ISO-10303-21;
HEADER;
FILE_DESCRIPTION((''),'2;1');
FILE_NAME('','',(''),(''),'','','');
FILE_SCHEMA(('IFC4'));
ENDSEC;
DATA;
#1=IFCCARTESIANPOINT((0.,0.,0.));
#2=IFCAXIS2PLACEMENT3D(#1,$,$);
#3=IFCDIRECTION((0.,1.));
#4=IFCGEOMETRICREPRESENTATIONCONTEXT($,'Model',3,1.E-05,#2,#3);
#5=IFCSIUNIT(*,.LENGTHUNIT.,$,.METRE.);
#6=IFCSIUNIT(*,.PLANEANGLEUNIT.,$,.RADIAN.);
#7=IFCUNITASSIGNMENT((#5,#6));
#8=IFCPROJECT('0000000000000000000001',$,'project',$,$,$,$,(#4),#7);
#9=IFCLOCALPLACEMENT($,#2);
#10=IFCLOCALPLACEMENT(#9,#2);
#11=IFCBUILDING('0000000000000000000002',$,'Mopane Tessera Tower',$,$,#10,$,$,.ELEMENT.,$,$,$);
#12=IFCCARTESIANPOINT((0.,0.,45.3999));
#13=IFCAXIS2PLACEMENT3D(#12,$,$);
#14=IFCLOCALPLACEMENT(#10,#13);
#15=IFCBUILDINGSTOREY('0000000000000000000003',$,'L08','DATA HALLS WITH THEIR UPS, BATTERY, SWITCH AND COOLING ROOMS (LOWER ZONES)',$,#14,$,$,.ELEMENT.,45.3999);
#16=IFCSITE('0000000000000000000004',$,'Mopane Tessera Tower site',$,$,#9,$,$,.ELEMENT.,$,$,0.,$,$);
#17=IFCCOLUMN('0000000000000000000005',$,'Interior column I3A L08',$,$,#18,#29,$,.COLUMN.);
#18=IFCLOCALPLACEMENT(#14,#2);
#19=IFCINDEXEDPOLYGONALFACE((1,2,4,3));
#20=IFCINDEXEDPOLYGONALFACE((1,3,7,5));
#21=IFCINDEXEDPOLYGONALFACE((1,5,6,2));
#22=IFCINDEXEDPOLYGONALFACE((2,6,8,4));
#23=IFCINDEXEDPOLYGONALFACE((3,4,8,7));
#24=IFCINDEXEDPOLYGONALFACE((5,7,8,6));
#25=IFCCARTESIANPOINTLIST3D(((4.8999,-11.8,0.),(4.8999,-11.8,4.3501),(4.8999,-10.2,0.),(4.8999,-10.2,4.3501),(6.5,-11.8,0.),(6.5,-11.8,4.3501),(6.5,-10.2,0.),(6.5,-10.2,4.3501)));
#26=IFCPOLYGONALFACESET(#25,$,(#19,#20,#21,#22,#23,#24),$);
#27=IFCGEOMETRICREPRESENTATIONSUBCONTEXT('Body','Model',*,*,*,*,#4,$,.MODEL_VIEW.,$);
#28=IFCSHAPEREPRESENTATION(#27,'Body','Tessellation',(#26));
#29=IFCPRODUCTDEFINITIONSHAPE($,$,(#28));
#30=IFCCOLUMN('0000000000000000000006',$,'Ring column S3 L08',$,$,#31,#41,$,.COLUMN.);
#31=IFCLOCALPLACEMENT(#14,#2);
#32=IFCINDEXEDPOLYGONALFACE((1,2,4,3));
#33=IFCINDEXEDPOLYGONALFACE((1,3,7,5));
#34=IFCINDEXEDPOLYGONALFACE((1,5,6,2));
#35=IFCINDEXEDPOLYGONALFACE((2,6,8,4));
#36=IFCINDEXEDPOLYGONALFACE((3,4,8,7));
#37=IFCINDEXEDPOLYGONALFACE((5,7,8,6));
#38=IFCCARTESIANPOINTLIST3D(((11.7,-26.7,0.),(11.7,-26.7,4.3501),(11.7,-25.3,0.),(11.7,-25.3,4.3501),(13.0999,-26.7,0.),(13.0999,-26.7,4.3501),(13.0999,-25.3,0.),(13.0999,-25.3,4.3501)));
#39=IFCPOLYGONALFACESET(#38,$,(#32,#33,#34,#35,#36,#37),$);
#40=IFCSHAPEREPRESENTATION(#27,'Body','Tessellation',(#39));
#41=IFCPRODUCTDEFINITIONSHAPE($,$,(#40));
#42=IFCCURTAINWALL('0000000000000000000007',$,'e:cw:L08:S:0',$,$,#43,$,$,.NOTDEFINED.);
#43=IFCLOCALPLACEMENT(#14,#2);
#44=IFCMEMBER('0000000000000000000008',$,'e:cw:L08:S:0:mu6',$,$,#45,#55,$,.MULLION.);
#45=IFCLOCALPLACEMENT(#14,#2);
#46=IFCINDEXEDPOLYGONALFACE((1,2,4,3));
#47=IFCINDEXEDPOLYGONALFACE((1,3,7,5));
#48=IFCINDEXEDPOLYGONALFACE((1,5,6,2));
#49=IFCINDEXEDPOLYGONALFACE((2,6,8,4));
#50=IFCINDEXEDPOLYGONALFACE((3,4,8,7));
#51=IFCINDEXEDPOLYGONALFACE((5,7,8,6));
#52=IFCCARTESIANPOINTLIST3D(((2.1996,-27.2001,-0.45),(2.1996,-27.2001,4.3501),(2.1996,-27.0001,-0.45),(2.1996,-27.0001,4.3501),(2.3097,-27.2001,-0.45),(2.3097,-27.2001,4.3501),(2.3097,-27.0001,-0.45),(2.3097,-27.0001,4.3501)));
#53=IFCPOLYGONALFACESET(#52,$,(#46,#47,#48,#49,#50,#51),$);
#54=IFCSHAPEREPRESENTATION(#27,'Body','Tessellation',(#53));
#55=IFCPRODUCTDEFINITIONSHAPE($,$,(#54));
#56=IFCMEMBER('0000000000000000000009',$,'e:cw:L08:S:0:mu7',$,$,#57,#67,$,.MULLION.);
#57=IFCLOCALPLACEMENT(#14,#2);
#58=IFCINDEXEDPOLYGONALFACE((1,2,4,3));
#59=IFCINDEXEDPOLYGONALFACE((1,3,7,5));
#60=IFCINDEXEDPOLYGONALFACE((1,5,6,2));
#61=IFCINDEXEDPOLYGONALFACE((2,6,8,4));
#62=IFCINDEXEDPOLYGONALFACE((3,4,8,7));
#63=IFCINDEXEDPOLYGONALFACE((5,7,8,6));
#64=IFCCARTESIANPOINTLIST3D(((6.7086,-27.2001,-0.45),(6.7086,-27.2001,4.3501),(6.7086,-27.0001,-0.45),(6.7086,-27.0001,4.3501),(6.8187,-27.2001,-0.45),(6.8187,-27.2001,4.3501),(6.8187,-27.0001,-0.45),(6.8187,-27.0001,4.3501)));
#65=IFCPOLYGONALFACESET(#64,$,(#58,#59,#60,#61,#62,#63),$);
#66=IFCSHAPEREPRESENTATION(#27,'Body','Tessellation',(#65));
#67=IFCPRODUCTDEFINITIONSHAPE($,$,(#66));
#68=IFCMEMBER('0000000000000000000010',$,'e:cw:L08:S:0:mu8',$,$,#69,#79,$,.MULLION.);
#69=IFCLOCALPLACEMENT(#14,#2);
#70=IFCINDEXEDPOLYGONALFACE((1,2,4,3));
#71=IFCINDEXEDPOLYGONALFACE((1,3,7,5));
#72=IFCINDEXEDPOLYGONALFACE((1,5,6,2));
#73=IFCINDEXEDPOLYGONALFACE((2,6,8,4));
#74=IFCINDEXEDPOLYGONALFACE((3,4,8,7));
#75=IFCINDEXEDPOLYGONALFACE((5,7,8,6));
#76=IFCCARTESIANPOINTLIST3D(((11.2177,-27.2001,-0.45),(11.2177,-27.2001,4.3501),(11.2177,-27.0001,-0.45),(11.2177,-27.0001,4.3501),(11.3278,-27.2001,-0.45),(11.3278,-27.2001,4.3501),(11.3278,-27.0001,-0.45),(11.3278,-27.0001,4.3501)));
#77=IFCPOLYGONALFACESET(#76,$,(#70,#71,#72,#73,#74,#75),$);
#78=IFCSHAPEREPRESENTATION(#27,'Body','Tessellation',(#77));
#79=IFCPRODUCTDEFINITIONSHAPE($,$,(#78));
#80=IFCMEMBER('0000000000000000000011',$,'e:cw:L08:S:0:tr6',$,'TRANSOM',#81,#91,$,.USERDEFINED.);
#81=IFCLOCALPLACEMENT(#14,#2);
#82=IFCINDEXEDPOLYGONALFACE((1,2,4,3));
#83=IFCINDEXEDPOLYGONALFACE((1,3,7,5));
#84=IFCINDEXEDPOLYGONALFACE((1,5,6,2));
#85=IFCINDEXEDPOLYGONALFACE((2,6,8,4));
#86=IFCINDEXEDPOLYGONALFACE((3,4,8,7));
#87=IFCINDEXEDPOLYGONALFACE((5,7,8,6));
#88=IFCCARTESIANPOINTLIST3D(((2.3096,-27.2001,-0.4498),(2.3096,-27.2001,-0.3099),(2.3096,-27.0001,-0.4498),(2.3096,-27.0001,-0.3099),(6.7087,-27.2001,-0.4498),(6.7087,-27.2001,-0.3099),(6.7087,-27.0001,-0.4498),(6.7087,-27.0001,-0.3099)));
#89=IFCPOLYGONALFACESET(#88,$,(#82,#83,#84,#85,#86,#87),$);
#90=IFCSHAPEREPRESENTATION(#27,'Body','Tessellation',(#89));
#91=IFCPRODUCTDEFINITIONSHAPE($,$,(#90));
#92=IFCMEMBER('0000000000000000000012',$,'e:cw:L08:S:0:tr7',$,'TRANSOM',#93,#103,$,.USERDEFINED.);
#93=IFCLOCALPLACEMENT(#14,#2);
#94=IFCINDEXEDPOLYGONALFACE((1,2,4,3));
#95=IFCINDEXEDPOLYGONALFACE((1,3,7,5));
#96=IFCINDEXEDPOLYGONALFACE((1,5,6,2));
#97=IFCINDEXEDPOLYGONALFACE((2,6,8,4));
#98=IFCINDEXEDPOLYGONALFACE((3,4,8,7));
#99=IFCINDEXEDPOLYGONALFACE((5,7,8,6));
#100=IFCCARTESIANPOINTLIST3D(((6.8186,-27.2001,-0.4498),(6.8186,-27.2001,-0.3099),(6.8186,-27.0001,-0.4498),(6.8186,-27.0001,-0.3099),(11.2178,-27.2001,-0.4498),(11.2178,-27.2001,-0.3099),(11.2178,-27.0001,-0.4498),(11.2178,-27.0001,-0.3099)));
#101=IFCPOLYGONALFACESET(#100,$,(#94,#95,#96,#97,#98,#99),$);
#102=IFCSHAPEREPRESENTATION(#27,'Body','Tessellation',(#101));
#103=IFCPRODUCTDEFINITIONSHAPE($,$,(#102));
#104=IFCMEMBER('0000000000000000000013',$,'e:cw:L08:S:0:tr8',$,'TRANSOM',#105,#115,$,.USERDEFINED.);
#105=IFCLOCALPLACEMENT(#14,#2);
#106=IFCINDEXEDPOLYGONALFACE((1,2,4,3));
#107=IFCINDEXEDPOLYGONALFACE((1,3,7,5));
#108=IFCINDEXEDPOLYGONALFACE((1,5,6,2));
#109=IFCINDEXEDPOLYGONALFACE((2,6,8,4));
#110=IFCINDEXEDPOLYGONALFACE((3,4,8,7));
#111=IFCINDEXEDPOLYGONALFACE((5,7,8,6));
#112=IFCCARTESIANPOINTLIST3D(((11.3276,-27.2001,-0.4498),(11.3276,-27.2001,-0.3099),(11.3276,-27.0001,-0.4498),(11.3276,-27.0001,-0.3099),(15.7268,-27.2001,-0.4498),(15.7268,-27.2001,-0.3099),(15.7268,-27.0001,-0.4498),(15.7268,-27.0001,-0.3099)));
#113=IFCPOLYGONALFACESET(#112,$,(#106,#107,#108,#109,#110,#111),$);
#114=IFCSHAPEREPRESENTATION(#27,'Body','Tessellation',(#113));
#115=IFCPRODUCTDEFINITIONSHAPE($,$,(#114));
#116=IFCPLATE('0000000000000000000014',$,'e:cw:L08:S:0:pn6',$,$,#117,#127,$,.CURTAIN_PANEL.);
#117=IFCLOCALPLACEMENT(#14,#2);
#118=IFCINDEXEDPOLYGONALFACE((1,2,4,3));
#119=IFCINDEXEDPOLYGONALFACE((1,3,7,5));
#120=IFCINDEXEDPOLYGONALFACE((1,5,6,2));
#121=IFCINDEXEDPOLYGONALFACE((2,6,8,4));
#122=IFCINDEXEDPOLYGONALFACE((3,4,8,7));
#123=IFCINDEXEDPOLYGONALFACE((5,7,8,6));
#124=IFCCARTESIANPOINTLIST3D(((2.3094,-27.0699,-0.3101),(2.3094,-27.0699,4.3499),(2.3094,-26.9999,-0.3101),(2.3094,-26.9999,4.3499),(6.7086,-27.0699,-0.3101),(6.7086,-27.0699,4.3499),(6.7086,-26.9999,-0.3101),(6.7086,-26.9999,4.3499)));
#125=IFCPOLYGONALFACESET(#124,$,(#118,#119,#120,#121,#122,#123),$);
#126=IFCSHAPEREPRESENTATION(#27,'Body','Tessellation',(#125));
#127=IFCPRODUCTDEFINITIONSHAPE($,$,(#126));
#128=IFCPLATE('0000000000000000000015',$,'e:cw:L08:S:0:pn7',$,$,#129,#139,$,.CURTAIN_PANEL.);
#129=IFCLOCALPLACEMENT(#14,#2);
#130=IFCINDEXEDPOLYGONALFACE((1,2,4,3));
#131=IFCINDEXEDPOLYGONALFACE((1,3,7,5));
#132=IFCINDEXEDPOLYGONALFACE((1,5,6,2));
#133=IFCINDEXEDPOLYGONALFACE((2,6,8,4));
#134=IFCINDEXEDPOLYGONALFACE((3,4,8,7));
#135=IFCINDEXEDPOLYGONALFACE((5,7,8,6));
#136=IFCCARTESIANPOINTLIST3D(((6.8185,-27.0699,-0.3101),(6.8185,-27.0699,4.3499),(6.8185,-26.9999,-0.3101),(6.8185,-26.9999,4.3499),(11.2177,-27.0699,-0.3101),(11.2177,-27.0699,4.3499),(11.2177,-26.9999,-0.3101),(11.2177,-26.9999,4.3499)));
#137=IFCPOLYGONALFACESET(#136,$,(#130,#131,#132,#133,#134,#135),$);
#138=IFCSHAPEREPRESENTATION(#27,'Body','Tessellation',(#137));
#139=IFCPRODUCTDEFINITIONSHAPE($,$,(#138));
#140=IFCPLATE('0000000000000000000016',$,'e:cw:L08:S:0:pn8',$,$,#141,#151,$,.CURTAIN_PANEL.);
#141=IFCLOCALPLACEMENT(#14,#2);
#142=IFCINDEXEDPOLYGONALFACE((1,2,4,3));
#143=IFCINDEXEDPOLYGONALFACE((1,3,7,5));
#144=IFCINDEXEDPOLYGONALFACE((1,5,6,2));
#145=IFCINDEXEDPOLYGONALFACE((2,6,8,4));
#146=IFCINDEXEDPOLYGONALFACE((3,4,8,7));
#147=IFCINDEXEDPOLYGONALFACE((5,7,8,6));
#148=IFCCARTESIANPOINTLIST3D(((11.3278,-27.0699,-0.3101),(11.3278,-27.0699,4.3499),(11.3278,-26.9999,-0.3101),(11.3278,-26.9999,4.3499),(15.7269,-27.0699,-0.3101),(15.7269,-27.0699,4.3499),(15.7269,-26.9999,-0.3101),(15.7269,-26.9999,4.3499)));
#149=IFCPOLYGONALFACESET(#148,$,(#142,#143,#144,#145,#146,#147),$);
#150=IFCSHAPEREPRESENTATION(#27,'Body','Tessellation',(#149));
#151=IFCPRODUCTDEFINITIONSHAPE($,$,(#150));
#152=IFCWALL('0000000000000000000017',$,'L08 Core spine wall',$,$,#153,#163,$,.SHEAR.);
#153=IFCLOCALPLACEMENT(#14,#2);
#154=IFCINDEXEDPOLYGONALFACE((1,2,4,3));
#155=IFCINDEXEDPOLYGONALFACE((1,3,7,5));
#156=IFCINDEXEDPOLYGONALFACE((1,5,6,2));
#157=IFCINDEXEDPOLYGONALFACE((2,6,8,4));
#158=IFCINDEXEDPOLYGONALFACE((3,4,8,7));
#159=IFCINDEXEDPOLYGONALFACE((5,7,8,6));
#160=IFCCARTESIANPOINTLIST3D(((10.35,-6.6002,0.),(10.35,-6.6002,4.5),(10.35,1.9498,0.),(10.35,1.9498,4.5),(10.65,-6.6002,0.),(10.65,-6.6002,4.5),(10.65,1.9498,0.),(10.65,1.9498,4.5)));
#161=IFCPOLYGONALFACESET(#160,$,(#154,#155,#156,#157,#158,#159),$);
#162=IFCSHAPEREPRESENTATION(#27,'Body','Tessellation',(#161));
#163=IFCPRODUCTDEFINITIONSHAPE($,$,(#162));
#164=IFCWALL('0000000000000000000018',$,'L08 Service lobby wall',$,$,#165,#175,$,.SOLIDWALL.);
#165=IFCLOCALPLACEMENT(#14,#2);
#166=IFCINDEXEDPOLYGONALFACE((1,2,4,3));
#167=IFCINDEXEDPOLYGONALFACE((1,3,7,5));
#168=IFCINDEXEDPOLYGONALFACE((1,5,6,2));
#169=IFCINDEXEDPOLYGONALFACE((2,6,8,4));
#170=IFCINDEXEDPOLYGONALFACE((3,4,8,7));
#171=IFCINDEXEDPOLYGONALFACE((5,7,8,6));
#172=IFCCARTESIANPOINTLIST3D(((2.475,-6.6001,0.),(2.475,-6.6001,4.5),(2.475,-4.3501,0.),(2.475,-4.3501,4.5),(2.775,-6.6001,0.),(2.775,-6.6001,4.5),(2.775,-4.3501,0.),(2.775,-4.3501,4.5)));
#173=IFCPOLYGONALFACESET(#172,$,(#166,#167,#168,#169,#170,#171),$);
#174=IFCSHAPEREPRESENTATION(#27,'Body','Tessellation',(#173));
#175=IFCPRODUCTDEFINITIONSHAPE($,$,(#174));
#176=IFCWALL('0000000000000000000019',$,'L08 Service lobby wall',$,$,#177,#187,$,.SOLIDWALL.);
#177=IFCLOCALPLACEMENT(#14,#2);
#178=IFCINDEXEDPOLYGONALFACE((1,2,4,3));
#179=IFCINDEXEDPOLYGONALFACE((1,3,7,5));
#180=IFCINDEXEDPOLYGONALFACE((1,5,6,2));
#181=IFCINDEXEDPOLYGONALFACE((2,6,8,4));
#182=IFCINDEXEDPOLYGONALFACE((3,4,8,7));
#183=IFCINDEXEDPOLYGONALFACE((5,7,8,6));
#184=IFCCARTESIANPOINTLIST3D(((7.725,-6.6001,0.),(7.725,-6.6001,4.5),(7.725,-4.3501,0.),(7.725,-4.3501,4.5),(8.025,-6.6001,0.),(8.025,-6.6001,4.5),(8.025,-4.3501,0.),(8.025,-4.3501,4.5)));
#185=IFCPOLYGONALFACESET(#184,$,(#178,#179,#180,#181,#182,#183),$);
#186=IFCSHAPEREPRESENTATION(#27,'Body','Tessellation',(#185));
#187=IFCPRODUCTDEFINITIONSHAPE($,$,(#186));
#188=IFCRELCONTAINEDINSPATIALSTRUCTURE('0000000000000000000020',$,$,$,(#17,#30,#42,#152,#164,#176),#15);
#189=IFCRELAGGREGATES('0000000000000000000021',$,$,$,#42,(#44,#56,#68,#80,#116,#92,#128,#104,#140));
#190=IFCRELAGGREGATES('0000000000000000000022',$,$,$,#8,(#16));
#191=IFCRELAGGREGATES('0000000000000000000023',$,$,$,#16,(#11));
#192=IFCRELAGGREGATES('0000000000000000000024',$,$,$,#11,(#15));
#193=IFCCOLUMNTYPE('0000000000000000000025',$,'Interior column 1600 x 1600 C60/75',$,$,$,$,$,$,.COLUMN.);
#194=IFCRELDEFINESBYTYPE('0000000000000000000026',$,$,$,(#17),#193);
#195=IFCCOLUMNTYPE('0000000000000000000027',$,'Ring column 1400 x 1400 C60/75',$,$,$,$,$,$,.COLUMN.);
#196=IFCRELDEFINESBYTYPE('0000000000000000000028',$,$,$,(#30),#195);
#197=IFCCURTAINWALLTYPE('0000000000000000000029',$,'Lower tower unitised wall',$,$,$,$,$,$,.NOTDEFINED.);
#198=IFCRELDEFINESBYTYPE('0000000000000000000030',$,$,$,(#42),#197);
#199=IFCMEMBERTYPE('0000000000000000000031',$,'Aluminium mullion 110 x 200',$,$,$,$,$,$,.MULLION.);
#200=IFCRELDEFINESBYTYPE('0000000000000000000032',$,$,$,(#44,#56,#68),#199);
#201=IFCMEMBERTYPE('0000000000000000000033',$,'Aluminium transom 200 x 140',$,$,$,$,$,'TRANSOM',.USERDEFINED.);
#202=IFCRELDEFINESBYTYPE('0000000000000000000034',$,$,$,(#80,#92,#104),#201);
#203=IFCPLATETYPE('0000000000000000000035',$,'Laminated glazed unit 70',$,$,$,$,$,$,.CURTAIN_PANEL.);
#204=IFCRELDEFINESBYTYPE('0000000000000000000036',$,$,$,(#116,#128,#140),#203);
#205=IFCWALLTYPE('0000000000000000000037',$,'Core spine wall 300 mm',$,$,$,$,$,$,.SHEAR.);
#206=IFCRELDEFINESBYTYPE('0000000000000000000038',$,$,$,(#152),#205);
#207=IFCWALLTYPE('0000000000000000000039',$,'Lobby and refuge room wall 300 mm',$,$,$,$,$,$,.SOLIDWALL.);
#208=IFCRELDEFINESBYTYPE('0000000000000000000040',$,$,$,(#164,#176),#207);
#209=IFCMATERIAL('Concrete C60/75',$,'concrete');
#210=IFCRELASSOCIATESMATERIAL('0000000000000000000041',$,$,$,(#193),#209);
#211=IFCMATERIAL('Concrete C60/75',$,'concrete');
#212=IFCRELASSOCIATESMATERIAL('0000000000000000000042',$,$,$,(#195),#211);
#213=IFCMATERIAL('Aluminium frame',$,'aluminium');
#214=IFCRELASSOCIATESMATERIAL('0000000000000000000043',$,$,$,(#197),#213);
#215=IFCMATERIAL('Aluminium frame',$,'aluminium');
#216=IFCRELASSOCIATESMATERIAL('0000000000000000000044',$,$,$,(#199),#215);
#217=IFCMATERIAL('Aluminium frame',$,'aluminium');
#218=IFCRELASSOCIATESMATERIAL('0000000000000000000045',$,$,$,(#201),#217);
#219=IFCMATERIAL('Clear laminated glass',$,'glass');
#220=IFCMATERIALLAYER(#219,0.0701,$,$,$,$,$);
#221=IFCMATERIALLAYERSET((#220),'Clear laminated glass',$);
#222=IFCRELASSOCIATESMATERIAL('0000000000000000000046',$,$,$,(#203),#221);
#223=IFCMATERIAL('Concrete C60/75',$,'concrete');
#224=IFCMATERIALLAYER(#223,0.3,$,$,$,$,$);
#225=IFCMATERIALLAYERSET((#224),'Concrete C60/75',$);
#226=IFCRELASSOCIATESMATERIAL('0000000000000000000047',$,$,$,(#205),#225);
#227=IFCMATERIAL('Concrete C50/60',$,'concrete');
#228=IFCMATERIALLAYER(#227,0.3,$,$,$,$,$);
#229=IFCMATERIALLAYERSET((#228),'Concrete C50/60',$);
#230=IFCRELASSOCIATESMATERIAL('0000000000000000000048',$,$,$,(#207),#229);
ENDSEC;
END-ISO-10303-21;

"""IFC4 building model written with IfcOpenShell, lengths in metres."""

from ifc_helpers import new_model, si_unit, direction, frame, frame_2d, origin, origin_2d, place, context, subcontext, project, spatial, rectangle, extrude, material, layer, layer_set, material_profile, profile_set, type_object, element, aggregate, save


model = new_model("IFC4")

# Units and contexts
model_context = context("Model", 3, precision=1e-05, world=origin(), true_north=direction((0.0, 1.0)))
body_context = subcontext(model_context, "Body", "Model", "MODEL_VIEW")
ifc_project = project(units=[si_unit("LENGTHUNIT", "METRE"), si_unit("PLANEANGLEUNIT", "RADIAN")], contexts=[model_context])

# Site, building, storey
site_placement = place(None, origin())
site = spatial("IfcSite", under=ifc_project, at=site_placement, Name="Mopane Tessera Tower site", CompositionType="ELEMENT", RefElevation=0.0)
building_placement = place(site_placement, origin())
building = spatial("IfcBuilding", under=site, at=building_placement, Name="Mopane Tessera Tower", CompositionType="ELEMENT")
storey_placement = place(building_placement, frame((0.0, 0.0, 45.3999)))
storey = spatial("IfcBuildingStorey", under=building, at=storey_placement, Name="L08", Description="DATA HALLS WITH THEIR UPS, BATTERY, SWITCH AND COOLING ROOMS (LOWER ZONES)", CompositionType="ELEMENT", Elevation=45.3999)

# Columns
ifc_material_1 = material(Name="Concrete C60/75", Category="concrete")
ifc_material_profile_1 = material_profile(ifc_material_1, rectangle(XDim=1.6001, YDim=1.6001, at=origin_2d()))
ifc_profile_set_1 = profile_set([ifc_material_profile_1], Name="Concrete C60/75")
column_type_1 = type_object("IfcColumnType", Name="Interior column 1600 x 1600 C60/75", PredefinedType="COLUMN", material=ifc_profile_set_1)
column_1_placement = place(storey_placement, frame((5.7, -11.0, 0.0), z_axis=(0.0, 0.0, 1.0), x_axis=(1.0, 0.0, 0.0)))
element("IfcColumn", 1, at=column_1_placement, inside=storey, type_object=column_type_1, Name="Interior column I3A L08", PredefinedType="COLUMN", context=body_context, shape_type="SweptSolid", body=[
    extrude(rectangle(XDim=1.6001, YDim=1.6001, at=origin_2d()), origin(), (0.0, 0.0, 1.0), 4.3501),
])
ifc_material_2 = material(Name="Concrete C60/75", Category="concrete")
ifc_material_profile_2 = material_profile(ifc_material_2, rectangle(XDim=1.3999, YDim=1.3999, at=origin_2d()))
ifc_profile_set_2 = profile_set([ifc_material_profile_2], Name="Concrete C60/75")
column_type_2 = type_object("IfcColumnType", Name="Ring column 1400 x 1400 C60/75", PredefinedType="COLUMN", material=ifc_profile_set_2)
column_2_placement = place(storey_placement, frame((12.3999, -26.0, 0.0), z_axis=(0.0, 0.0, 1.0), x_axis=(1.0, 0.0, 0.0)))
element("IfcColumn", 2, at=column_2_placement, inside=storey, type_object=column_type_2, Name="Ring column S3 L08", PredefinedType="COLUMN", context=body_context, shape_type="SweptSolid", body=[
    extrude(rectangle(XDim=1.3999, YDim=1.3999, at=origin_2d()), origin(), (0.0, 0.0, 1.0), 4.3501),
])

# Curtain wall, members, plates
ifc_material_3 = material(Name="Aluminium frame", Category="aluminium")
curtain_wall_type = type_object("IfcCurtainWallType", Name="Lower tower unitised wall", PredefinedType="NOTDEFINED", material=ifc_material_3)
curtain_wall_placement = place(storey_placement, origin())
curtain_wall = element("IfcCurtainWall", 3, at=curtain_wall_placement, inside=storey, type_object=curtain_wall_type, Name="e:cw:L08:S:0", PredefinedType="NOTDEFINED")
ifc_material_4 = material(Name="Aluminium frame", Category="aluminium")
ifc_material_profile_3 = material_profile(ifc_material_4, rectangle(XDim=0.1101, YDim=0.2, at=origin_2d()))
ifc_profile_set_3 = profile_set([ifc_material_profile_3], Name="Aluminium frame")
member_type_1 = type_object("IfcMemberType", Name="Aluminium mullion 110 x 200", PredefinedType="MULLION", material=ifc_profile_set_3)
member_1_placement = place(storey_placement, frame((2.2546, -27.1001, -0.45), z_axis=(0.0, 0.0, 1.0), x_axis=(1.0, 0.0, 0.0)))
member_1 = element("IfcMember", 4, at=member_1_placement, type_object=member_type_1, Name="e:cw:L08:S:0:mu6", PredefinedType="MULLION", context=body_context, shape_type="SweptSolid", body=[
    extrude(rectangle(XDim=0.1101, YDim=0.2, at=origin_2d()), origin(), (0.0, 0.0, 1.0), 4.8),
])
member_2_placement = place(storey_placement, frame((6.7637, -27.1001, -0.45), z_axis=(0.0, 0.0, 1.0), x_axis=(1.0, 0.0, 0.0)))
member_2 = element("IfcMember", 5, at=member_2_placement, type_object=member_type_1, Name="e:cw:L08:S:0:mu7", PredefinedType="MULLION", context=body_context, shape_type="SweptSolid", body=[
    extrude(rectangle(XDim=0.1101, YDim=0.2, at=origin_2d()), origin(), (0.0, 0.0, 1.0), 4.8),
])
member_3_placement = place(storey_placement, frame((11.2727, -27.1001, -0.45), z_axis=(0.0, 0.0, 1.0), x_axis=(1.0, 0.0, 0.0)))
member_3 = element("IfcMember", 6, at=member_3_placement, type_object=member_type_1, Name="e:cw:L08:S:0:mu8", PredefinedType="MULLION", context=body_context, shape_type="SweptSolid", body=[
    extrude(rectangle(XDim=0.1101, YDim=0.2, at=origin_2d()), origin(), (0.0, 0.0, 1.0), 4.8),
])
ifc_material_5 = material(Name="Aluminium frame", Category="aluminium")
ifc_material_profile_4 = material_profile(ifc_material_5, rectangle(XDim=0.2, YDim=0.1399, at=origin_2d()))
ifc_profile_set_4 = profile_set([ifc_material_profile_4], Name="Aluminium frame")
member_type_2 = type_object("IfcMemberType", Name="Aluminium transom 200 x 140", ElementType="TRANSOM", PredefinedType="USERDEFINED", material=ifc_profile_set_4)
member_4_placement = place(storey_placement, frame((2.3096, -27.1001, -0.3799), z_axis=(1.0, 0.0, 0.0), x_axis=(0.0, 1.0, 0.0)))
member_4 = element("IfcMember", 7, at=member_4_placement, type_object=member_type_2, Name="e:cw:L08:S:0:tr6", ObjectType="TRANSOM", PredefinedType="USERDEFINED", context=body_context, shape_type="SweptSolid", body=[
    extrude(rectangle(XDim=0.2, YDim=0.1399, at=origin_2d()), origin(), (0.0, 0.0, 1.0), 4.3992),
])
member_5_placement = place(storey_placement, frame((6.8186, -27.1001, -0.3799), z_axis=(1.0, 0.0, 0.0), x_axis=(0.0, 1.0, 0.0)))
member_5 = element("IfcMember", 8, at=member_5_placement, type_object=member_type_2, Name="e:cw:L08:S:0:tr7", ObjectType="TRANSOM", PredefinedType="USERDEFINED", context=body_context, shape_type="SweptSolid", body=[
    extrude(rectangle(XDim=0.2, YDim=0.1399, at=origin_2d()), origin(), (0.0, 0.0, 1.0), 4.3992),
])
member_6_placement = place(storey_placement, frame((11.3276, -27.1001, -0.3799), z_axis=(1.0, 0.0, 0.0), x_axis=(0.0, 1.0, 0.0)))
member_6 = element("IfcMember", 9, at=member_6_placement, type_object=member_type_2, Name="e:cw:L08:S:0:tr8", ObjectType="TRANSOM", PredefinedType="USERDEFINED", context=body_context, shape_type="SweptSolid", body=[
    extrude(rectangle(XDim=0.2, YDim=0.1399, at=origin_2d()), origin(), (0.0, 0.0, 1.0), 4.3992),
])
ifc_material_6 = material(Name="Clear laminated glass", Category="glass")
ifc_layer_1 = layer(ifc_material_6, 0.0701)
ifc_layer_set_1 = layer_set([ifc_layer_1], Name="Clear laminated glass")
plate_type = type_object("IfcPlateType", Name="Laminated glazed unit 70", PredefinedType="CURTAIN_PANEL", material=ifc_layer_set_1)
plate_1_placement = place(storey_placement, frame((4.509, -27.0349, -0.3101), z_axis=(0.0, 0.0, 1.0), x_axis=(1.0, 0.0, 0.0)))
plate_1 = element("IfcPlate", 10, at=plate_1_placement, type_object=plate_type, Name="e:cw:L08:S:0:pn6", PredefinedType="CURTAIN_PANEL", context=body_context, shape_type="SweptSolid", body=[
    extrude(rectangle(XDim=4.3992, YDim=0.0701, at=origin_2d()), origin(), (0.0, 0.0, 1.0), 4.6599),
])
plate_2_placement = place(storey_placement, frame((9.0181, -27.0349, -0.3101), z_axis=(0.0, 0.0, 1.0), x_axis=(1.0, 0.0, 0.0)))
plate_2 = element("IfcPlate", 11, at=plate_2_placement, type_object=plate_type, Name="e:cw:L08:S:0:pn7", PredefinedType="CURTAIN_PANEL", context=body_context, shape_type="SweptSolid", body=[
    extrude(rectangle(XDim=4.3992, YDim=0.0701, at=origin_2d()), origin(), (0.0, 0.0, 1.0), 4.6599),
])
plate_3_placement = place(storey_placement, frame((13.5273, -27.0349, -0.3101), z_axis=(0.0, 0.0, 1.0), x_axis=(1.0, 0.0, 0.0)))
plate_3 = element("IfcPlate", 12, at=plate_3_placement, type_object=plate_type, Name="e:cw:L08:S:0:pn8", PredefinedType="CURTAIN_PANEL", context=body_context, shape_type="SweptSolid", body=[
    extrude(rectangle(XDim=4.3992, YDim=0.0701, at=origin_2d()), origin(), (0.0, 0.0, 1.0), 4.6599),
])
aggregate(curtain_wall, [member_1, member_2, member_3, member_4, plate_1, member_5, plate_2, member_6, plate_3])

# Walls
ifc_material_7 = material(Name="Concrete C60/75", Category="concrete")
ifc_layer_2 = layer(ifc_material_7, 0.3)
ifc_layer_set_2 = layer_set([ifc_layer_2], Name="Concrete C60/75")
wall_type_1 = type_object("IfcWallType", Name="Core spine wall 300 mm", PredefinedType="SHEAR", material=ifc_layer_set_2)
wall_placement = place(storey_placement, frame((10.5, -6.6001, 0.0), z_axis=(0.0, 0.0, 1.0), x_axis=(0.0, 1.0, 0.0)))
element("IfcWall", 13, at=wall_placement, inside=storey, type_object=wall_type_1, Name="L08 Core spine wall", PredefinedType="SHEAR", context=body_context, shape_type="SweptSolid", body=[
    extrude(rectangle(XDim=8.55, YDim=0.3, at=frame_2d((4.2749, 0.0))), origin(), (0.0, 0.0, 1.0), 4.5),
])
ifc_material_8 = material(Name="Concrete C50/60", Category="concrete")
ifc_layer_3 = layer(ifc_material_8, 0.3)
ifc_layer_set_3 = layer_set([ifc_layer_3], Name="Concrete C50/60")
wall_type_2 = type_object("IfcWallType", Name="Lobby and refuge room wall 300 mm", PredefinedType="SOLIDWALL", material=ifc_layer_set_3)
for number, where, z_axis, x_axis, name in (
    (14, (2.625, -6.6001, 0.0), (0.0, 0.0, 1.0), (0.0, 1.0, 0.0), "L08 Service lobby wall"),
    (15, (7.875, -6.6001, 0.0), (0.0, 0.0, 1.0), (0.0, 1.0, 0.0), "L08 Service lobby wall"),
):
    element("IfcWall", number, at=place(storey_placement, frame(where, z_axis=z_axis, x_axis=x_axis)), inside=storey, type_object=wall_type_2, Name=name, PredefinedType="SOLIDWALL", context=body_context, shape_type="SweptSolid", body=[
        extrude(rectangle(XDim=2.25, YDim=0.3, at=frame_2d((1.125, 0.0))), origin(), (0.0, 0.0, 1.0), 4.5),
    ])

save(model, "model.ifc")
